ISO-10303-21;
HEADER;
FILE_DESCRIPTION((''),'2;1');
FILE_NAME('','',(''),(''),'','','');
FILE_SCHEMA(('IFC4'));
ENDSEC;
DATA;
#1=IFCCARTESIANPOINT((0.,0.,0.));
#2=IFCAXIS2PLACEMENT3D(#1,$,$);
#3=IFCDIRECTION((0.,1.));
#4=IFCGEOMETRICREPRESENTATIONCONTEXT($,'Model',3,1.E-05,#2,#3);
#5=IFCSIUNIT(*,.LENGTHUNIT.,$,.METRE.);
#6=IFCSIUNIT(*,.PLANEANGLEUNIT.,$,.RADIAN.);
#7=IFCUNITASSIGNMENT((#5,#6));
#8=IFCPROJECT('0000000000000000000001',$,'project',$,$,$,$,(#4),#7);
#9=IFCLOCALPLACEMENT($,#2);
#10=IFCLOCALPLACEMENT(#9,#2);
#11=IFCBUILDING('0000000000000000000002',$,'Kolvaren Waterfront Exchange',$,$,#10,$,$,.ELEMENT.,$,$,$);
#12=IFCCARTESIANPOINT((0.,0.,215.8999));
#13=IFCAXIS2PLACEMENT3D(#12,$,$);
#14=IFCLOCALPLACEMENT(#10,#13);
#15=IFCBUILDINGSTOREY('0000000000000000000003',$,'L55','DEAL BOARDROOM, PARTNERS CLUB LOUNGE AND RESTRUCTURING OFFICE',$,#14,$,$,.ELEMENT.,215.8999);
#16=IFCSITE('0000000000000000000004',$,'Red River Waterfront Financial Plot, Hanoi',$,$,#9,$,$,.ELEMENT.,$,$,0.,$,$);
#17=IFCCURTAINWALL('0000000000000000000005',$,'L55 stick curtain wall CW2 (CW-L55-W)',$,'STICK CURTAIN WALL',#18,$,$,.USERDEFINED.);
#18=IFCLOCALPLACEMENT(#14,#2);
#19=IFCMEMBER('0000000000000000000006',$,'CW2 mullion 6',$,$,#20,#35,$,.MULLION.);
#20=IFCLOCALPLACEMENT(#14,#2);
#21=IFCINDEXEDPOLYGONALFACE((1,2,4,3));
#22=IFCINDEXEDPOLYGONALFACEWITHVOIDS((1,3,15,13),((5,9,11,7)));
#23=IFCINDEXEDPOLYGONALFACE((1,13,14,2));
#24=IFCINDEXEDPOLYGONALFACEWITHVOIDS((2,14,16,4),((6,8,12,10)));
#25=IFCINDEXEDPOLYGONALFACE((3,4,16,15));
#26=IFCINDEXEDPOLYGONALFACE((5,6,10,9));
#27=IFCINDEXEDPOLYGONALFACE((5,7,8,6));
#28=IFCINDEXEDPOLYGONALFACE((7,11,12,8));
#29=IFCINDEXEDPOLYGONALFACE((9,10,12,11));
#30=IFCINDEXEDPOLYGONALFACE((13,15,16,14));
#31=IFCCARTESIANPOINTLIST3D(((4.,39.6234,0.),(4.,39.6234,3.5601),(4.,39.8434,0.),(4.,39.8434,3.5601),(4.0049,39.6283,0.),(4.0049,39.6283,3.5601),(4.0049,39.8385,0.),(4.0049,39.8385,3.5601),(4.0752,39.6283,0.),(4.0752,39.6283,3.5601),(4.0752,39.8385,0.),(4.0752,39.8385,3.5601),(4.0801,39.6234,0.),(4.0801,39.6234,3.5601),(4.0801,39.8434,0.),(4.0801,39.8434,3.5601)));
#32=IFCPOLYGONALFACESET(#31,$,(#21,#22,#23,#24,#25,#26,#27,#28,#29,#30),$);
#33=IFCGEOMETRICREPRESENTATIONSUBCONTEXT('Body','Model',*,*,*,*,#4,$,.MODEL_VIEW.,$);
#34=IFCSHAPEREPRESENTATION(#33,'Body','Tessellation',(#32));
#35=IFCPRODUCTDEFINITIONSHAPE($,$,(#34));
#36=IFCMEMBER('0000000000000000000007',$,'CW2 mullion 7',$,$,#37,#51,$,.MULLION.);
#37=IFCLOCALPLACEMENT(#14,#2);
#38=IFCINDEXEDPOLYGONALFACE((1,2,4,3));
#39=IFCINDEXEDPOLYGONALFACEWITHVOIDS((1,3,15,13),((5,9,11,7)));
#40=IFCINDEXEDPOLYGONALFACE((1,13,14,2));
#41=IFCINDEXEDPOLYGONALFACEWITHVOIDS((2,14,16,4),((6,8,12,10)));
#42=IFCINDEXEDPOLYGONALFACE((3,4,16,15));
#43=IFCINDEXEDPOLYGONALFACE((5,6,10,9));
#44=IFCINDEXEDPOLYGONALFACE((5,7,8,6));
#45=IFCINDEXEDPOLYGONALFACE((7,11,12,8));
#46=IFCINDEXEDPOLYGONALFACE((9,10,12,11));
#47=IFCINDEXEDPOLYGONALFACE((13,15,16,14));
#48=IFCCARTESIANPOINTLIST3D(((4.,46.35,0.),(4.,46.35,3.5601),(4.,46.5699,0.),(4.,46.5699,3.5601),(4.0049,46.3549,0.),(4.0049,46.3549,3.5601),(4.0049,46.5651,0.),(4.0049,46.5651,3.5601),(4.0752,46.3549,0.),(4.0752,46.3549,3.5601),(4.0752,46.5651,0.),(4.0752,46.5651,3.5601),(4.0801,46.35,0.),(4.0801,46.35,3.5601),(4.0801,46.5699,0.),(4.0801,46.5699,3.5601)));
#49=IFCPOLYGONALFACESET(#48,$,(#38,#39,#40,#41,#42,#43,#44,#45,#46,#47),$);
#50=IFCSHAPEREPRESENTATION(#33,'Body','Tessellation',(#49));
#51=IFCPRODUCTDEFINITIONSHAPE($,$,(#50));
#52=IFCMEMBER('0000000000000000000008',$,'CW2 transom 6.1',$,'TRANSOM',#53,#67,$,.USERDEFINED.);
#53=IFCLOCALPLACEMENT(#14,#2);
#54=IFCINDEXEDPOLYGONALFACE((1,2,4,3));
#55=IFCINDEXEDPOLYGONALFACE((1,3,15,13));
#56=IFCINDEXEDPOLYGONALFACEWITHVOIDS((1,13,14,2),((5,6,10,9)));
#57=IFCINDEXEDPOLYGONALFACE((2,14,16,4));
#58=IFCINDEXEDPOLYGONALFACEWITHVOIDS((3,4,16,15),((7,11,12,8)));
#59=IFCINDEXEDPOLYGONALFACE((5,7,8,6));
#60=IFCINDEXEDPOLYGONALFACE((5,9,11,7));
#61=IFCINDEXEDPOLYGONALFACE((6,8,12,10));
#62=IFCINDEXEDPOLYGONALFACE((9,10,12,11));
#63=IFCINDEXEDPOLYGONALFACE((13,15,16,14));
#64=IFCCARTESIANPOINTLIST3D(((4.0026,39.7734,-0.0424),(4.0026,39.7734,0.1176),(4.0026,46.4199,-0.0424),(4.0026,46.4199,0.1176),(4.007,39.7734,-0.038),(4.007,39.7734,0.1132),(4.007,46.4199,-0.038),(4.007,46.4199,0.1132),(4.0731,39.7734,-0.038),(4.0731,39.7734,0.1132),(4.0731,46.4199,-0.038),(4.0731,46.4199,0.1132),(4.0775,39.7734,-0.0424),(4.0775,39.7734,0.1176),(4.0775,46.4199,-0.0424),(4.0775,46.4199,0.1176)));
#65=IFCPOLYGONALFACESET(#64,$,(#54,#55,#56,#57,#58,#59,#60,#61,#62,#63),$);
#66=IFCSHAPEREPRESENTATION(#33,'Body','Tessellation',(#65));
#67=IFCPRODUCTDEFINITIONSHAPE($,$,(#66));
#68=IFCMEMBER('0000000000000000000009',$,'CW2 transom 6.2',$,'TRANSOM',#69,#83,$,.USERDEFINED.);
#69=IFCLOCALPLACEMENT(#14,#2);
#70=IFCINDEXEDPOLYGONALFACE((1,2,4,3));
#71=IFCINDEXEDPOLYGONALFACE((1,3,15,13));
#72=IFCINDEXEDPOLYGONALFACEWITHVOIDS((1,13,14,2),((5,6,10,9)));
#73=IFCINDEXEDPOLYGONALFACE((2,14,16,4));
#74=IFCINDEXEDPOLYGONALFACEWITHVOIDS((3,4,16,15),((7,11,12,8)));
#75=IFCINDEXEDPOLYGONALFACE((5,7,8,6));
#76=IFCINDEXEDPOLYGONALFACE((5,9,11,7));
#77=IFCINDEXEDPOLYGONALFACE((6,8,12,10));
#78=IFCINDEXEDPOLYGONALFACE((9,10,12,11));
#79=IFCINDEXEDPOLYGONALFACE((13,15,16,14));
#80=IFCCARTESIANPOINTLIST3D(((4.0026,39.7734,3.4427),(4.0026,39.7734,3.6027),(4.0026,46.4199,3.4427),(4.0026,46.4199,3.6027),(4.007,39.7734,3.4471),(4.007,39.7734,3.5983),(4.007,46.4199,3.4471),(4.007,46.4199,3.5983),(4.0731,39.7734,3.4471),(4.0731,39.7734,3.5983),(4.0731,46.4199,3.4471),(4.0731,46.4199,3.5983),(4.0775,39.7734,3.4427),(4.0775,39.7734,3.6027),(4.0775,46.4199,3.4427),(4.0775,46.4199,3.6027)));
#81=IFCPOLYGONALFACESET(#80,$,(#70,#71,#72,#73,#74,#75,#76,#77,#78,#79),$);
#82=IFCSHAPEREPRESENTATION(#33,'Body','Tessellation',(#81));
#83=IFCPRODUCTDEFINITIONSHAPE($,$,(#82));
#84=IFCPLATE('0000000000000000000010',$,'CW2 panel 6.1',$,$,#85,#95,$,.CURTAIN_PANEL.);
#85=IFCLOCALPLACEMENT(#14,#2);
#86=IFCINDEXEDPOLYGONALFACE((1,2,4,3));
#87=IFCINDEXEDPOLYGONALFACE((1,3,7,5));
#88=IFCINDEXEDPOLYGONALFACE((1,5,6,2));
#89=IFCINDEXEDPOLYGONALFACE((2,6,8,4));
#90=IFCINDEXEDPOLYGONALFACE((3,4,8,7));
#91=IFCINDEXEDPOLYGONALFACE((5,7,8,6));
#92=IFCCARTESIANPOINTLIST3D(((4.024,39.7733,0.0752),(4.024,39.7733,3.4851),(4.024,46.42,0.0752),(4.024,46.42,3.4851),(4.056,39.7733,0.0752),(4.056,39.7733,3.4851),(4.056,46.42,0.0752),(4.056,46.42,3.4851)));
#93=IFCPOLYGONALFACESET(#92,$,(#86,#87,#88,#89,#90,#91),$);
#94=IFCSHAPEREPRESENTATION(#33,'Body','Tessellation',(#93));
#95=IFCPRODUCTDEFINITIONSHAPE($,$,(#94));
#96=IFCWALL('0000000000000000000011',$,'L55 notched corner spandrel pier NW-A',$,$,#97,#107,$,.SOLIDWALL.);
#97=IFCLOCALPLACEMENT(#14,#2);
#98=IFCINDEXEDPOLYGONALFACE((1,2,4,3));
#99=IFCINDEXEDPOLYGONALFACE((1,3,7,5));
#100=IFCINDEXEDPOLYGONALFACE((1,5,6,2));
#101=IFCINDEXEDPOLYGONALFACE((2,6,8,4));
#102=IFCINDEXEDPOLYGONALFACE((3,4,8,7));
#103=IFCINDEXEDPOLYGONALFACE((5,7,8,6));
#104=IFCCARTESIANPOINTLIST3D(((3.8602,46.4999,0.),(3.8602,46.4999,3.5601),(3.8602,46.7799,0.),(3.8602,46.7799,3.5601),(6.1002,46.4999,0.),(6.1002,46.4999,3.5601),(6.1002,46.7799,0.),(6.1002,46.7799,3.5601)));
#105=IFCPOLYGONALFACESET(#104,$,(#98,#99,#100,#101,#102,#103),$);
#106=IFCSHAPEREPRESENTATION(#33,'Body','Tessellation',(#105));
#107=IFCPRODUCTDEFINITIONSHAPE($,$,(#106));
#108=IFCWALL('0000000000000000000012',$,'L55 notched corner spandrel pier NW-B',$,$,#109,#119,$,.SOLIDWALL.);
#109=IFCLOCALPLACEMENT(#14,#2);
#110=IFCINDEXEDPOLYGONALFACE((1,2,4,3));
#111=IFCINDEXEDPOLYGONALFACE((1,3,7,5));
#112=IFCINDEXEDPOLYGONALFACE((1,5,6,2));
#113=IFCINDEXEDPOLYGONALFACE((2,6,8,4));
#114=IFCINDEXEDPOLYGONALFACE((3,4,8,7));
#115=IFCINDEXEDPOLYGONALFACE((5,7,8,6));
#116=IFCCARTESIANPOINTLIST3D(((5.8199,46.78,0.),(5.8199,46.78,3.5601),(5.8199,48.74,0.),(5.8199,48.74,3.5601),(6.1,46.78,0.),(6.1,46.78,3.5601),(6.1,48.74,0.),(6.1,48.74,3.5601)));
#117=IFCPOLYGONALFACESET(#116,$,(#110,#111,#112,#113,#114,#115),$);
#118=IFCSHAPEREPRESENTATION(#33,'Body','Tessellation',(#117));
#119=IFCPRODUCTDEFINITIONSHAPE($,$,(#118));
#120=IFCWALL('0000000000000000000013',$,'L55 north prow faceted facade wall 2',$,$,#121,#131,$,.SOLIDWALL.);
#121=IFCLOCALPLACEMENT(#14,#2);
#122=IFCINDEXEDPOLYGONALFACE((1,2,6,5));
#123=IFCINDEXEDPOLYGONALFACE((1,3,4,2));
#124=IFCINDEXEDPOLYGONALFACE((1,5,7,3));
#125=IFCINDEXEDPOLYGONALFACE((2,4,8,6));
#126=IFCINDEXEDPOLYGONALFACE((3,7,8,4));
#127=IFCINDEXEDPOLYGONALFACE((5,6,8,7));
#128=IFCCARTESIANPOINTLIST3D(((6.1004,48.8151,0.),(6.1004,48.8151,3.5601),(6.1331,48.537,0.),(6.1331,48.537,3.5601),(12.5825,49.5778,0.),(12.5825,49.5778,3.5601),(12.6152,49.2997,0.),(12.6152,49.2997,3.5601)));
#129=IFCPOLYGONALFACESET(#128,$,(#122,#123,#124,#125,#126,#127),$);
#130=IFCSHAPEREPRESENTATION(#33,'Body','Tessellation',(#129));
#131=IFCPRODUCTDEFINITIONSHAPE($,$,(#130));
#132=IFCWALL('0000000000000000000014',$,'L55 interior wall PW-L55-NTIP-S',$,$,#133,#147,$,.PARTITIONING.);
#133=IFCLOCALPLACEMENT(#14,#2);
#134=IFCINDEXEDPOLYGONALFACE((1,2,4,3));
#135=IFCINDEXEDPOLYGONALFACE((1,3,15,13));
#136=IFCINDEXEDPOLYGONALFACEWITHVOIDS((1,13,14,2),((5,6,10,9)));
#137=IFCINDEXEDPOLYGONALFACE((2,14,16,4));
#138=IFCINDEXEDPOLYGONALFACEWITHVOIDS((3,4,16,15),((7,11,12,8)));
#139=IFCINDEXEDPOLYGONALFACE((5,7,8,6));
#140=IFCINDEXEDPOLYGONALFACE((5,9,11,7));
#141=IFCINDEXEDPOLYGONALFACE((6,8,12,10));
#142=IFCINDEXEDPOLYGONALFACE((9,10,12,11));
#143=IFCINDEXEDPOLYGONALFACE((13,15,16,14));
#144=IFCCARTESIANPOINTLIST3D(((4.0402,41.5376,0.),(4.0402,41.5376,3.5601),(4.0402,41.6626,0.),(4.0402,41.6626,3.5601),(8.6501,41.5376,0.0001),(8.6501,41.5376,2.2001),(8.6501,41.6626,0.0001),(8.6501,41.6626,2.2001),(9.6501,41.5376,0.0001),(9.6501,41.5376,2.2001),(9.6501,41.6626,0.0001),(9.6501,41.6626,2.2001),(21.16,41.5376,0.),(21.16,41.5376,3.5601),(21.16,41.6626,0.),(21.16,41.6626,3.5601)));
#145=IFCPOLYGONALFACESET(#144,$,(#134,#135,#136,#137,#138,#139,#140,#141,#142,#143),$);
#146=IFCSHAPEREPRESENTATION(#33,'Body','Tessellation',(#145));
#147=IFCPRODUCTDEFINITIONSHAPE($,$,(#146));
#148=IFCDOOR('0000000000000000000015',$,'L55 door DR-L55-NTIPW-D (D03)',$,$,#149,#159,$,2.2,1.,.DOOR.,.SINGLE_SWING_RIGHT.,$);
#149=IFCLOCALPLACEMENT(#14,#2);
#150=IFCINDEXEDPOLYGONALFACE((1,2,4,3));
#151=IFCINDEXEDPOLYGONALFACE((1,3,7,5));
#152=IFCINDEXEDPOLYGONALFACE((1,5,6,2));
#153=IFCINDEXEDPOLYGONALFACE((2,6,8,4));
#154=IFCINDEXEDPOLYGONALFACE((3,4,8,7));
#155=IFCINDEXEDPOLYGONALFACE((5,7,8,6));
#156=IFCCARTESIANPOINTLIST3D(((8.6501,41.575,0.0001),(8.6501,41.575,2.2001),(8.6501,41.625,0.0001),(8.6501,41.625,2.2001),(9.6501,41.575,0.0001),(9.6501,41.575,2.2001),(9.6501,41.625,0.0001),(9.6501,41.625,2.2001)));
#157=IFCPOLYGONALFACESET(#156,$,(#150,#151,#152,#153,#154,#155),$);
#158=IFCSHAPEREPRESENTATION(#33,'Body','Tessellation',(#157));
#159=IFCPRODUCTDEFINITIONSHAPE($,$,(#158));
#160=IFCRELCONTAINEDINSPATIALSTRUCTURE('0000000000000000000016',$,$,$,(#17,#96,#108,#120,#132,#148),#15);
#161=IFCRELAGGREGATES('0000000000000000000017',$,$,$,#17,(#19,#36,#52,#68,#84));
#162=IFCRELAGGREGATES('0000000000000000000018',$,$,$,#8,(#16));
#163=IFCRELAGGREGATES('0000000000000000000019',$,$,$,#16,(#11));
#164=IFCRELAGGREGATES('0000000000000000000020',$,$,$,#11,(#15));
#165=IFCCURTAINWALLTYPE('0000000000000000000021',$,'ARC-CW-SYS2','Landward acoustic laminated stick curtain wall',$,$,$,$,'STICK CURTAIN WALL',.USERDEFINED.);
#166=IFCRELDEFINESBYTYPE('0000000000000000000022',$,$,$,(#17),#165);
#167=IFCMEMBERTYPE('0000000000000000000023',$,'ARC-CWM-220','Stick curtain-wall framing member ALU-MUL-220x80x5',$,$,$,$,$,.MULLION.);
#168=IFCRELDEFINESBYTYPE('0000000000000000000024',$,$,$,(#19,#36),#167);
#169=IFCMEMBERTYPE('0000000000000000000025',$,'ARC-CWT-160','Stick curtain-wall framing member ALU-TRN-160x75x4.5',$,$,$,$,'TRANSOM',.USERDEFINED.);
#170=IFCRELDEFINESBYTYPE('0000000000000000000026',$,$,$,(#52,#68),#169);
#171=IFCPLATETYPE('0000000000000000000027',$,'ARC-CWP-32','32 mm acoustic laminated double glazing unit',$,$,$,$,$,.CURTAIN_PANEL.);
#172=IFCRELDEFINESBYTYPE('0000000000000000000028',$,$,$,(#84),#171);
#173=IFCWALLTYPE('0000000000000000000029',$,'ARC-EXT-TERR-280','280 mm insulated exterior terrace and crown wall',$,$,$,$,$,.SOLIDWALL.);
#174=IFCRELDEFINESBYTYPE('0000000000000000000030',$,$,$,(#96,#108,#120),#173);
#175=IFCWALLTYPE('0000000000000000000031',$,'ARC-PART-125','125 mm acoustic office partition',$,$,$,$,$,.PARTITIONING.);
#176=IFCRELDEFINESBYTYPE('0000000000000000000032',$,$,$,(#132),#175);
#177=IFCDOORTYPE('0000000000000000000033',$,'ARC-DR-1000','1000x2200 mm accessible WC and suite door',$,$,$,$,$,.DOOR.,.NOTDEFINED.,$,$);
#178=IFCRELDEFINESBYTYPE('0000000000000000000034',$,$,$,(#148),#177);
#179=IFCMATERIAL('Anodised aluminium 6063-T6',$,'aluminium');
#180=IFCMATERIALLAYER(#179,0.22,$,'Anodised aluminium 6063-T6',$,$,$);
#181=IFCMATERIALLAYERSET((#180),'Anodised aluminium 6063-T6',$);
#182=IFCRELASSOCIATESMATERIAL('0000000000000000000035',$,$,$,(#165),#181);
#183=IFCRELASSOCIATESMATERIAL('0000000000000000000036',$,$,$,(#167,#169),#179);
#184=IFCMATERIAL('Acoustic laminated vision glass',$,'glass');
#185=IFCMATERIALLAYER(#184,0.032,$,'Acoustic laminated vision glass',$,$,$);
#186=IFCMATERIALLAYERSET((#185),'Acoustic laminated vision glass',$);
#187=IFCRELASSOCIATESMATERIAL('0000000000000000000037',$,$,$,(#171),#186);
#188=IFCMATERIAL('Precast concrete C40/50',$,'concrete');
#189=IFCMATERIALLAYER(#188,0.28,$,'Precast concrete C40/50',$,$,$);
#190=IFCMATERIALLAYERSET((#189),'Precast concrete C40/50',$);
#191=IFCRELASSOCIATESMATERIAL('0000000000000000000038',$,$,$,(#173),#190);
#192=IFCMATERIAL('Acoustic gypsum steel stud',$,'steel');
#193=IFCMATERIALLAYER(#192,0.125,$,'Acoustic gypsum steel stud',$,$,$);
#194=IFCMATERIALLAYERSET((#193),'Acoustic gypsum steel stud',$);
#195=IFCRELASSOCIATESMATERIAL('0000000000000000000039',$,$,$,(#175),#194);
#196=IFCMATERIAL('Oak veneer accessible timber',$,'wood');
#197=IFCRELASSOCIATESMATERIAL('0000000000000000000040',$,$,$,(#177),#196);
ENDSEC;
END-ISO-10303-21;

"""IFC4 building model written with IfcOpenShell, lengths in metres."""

from ifc_helpers import new_model, si_unit, direction, frame, frame_2d, origin, origin_with_axes, origin_2d, place, context, subcontext, project, spatial, rectangle, hollow_rectangle, extrude, source, transform, mapped, material, layer, layer_set, material_profile, profile_set, type_object, element, fill, aggregate, save


model = new_model("IFC4")

# Units and contexts
model_context = context("Model", 3, precision=1e-05, world=origin(), true_north=direction((0.0, 1.0)))
body_context = subcontext(model_context, "Body", "Model", "MODEL_VIEW")
ifc_project = project(units=[si_unit("LENGTHUNIT", "METRE"), si_unit("PLANEANGLEUNIT", "RADIAN")], contexts=[model_context])

# Site, building, storey
site_placement = place(None, origin())
site = spatial("IfcSite", under=ifc_project, at=site_placement, Name="Red River Waterfront Financial Plot, Hanoi", CompositionType="ELEMENT", RefElevation=0.0)
building_placement = place(site_placement, origin())
building = spatial("IfcBuilding", under=site, at=building_placement, Name="Kolvaren Waterfront Exchange", CompositionType="ELEMENT")
storey_placement = place(building_placement, frame((0.0, 0.0, 215.8999)))
storey = spatial("IfcBuildingStorey", under=building, at=storey_placement, Name="L55", Description="DEAL BOARDROOM, PARTNERS CLUB LOUNGE AND RESTRUCTURING OFFICE", CompositionType="ELEMENT", Elevation=215.8999)

# Curtain wall, members, plate
ifc_material_1 = material(Name="Anodised aluminium 6063-T6", Category="aluminium")
ifc_layer_1 = layer(ifc_material_1, 0.22, Name="Anodised aluminium 6063-T6")
ifc_layer_set_1 = layer_set([ifc_layer_1], Name="Anodised aluminium 6063-T6")
curtain_wall_type = type_object("IfcCurtainWallType", Name="ARC-CW-SYS2", Description="Landward acoustic laminated stick curtain wall", ElementType="STICK CURTAIN WALL", PredefinedType="USERDEFINED", material=ifc_layer_set_1)
curtain_wall_placement = place(storey_placement, origin())
curtain_wall = element("IfcCurtainWall", 1, at=curtain_wall_placement, inside=storey, type_object=curtain_wall_type, Name="L55 stick curtain wall CW2 (CW-L55-W)", ObjectType="STICK CURTAIN WALL", PredefinedType="USERDEFINED")
ifc_material_profile_1 = material_profile(ifc_material_1, hollow_rectangle(XDim=0.0801, YDim=0.22, WallThickness=0.0049, at=origin_2d()), Name="ALU-MUL-220x80x5")
ifc_profile_set_1 = profile_set([ifc_material_profile_1], Name="Anodised aluminium 6063-T6")
member_type_1 = type_object("IfcMemberType", Name="ARC-CWM-220", Description="Stick curtain-wall framing member ALU-MUL-220x80x5", PredefinedType="MULLION", material=ifc_profile_set_1)
shared_shape_1 = source(origin_with_axes(), body_context, "Body", "SweptSolid", [
    extrude(hollow_rectangle(XDim=0.0801, YDim=0.22, WallThickness=0.0049, at=origin_2d()), origin(), (0.0, 0.0, 1.0), 3.5601),
])
member_1_placement = place(storey_placement, frame((4.04, 39.7334, 0.0), z_axis=(0.0, 0.0, 1.0), x_axis=(-1.0, 0.0, 0.0)))
member_1 = element("IfcMember", 2, at=member_1_placement, type_object=member_type_1, Name="CW2 mullion 6", PredefinedType="MULLION", context=body_context, shape_type="MappedRepresentation", body=[
    mapped(shared_shape_1, transform((0.0, 0.0, 0.0), x_axis=(1.0, 0.0, 0.0), y_axis=(0.0, 1.0, 0.0), z_axis=(0.0, 0.0, 1.0), scale=1.0)),
])
member_2_placement = place(storey_placement, frame((4.04, 46.46, 0.0), z_axis=(0.0, 0.0, 1.0), x_axis=(-1.0, 0.0, 0.0)))
member_2 = element("IfcMember", 3, at=member_2_placement, type_object=member_type_1, Name="CW2 mullion 7", PredefinedType="MULLION", context=body_context, shape_type="MappedRepresentation", body=[
    mapped(shared_shape_1, transform((0.0, 0.0, 0.0), x_axis=(1.0, 0.0, 0.0), y_axis=(0.0, 1.0, 0.0), z_axis=(0.0, 0.0, 1.0), scale=1.0)),
])
ifc_material_profile_2 = material_profile(ifc_material_1, hollow_rectangle(XDim=0.075, YDim=0.1599, WallThickness=0.0044, at=origin_2d()), Name="ALU-TRN-160x75x4.5")
ifc_profile_set_2 = profile_set([ifc_material_profile_2], Name="Anodised aluminium 6063-T6")
member_type_2 = type_object("IfcMemberType", Name="ARC-CWT-160", Description="Stick curtain-wall framing member ALU-TRN-160x75x4.5", ElementType="TRANSOM", PredefinedType="USERDEFINED", material=ifc_profile_set_2)
shared_shape_2 = source(origin_with_axes(), body_context, "Body", "SweptSolid", [
    extrude(hollow_rectangle(XDim=0.075, YDim=0.1599, WallThickness=0.0044, at=origin_2d()), origin(), (0.0, 0.0, 1.0), 6.6465),
])
member_3_placement = place(storey_placement, frame((4.04, 39.7734, 0.0376), z_axis=(0.0, 1.0, 0.0), x_axis=(-1.0, 0.0, 0.0)))
member_3 = element("IfcMember", 4, at=member_3_placement, type_object=member_type_2, Name="CW2 transom 6.1", ObjectType="TRANSOM", PredefinedType="USERDEFINED", context=body_context, shape_type="MappedRepresentation", body=[
    mapped(shared_shape_2, transform((0.0, 0.0, 0.0), x_axis=(1.0, 0.0, 0.0), y_axis=(0.0, 1.0, 0.0), z_axis=(0.0, 0.0, 1.0), scale=1.0)),
])
member_4_placement = place(storey_placement, frame((4.04, 39.7734, 3.5227), z_axis=(0.0, 1.0, 0.0), x_axis=(-1.0, 0.0, 0.0)))
member_4 = element("IfcMember", 5, at=member_4_placement, type_object=member_type_2, Name="CW2 transom 6.2", ObjectType="TRANSOM", PredefinedType="USERDEFINED", context=body_context, shape_type="MappedRepresentation", body=[
    mapped(shared_shape_2, transform((0.0, 0.0, 0.0), x_axis=(1.0, 0.0, 0.0), y_axis=(0.0, 1.0, 0.0), z_axis=(0.0, 0.0, 1.0), scale=1.0)),
])
ifc_material_2 = material(Name="Acoustic laminated vision glass", Category="glass")
ifc_layer_2 = layer(ifc_material_2, 0.032, Name="Acoustic laminated vision glass")
ifc_layer_set_2 = layer_set([ifc_layer_2], Name="Acoustic laminated vision glass")
plate_type = type_object("IfcPlateType", Name="ARC-CWP-32", Description="32 mm acoustic laminated double glazing unit", PredefinedType="CURTAIN_PANEL", material=ifc_layer_set_2)
shared_shape_3 = source(origin_with_axes(), body_context, "Body", "SweptSolid", [
    extrude(rectangle(XDim=6.6467, YDim=0.032, at=origin_2d()), origin(), (0.0, 0.0, 1.0), 3.4099),
])
plate_placement = place(storey_placement, frame((4.04, 43.0967, 0.0752), z_axis=(0.0, 0.0, 1.0), x_axis=(0.0, 1.0, 0.0)))
plate = element("IfcPlate", 6, at=plate_placement, type_object=plate_type, Name="CW2 panel 6.1", PredefinedType="CURTAIN_PANEL", context=body_context, shape_type="MappedRepresentation", body=[
    mapped(shared_shape_3, transform((0.0, 0.0, 0.0), x_axis=(1.0, 0.0, 0.0), y_axis=(0.0, 1.0, 0.0), z_axis=(0.0, 0.0, 1.0), scale=1.0)),
])
aggregate(curtain_wall, [member_1, member_2, member_3, member_4, plate])

# Walls
ifc_material_3 = material(Name="Precast concrete C40/50", Category="concrete")
ifc_layer_3 = layer(ifc_material_3, 0.28, Name="Precast concrete C40/50")
ifc_layer_set_3 = layer_set([ifc_layer_3], Name="Precast concrete C40/50")
wall_type_1 = type_object("IfcWallType", Name="ARC-EXT-TERR-280", Description="280 mm insulated exterior terrace and crown wall", PredefinedType="SOLIDWALL", material=ifc_layer_set_3)
wall_1_placement = place(storey_placement, frame((3.8601, 46.6399, 0.0), z_axis=(0.0, 0.0, 1.0), x_axis=(1.0, 0.0, 0.0)))
element("IfcWall", 7, at=wall_1_placement, inside=storey, type_object=wall_type_1, Name="L55 notched corner spandrel pier NW-A", PredefinedType="SOLIDWALL", context=body_context, shape_type="SweptSolid", body=[
    extrude(rectangle(XDim=2.24, YDim=0.28, at=frame_2d((1.1201, 0.0))), origin(), (0.0, 0.0, 1.0), 3.5601),
])
wall_2_placement = place(storey_placement, frame((5.96, 46.78, 0.0), z_axis=(0.0, 0.0, 1.0), x_axis=(0.0, 1.0, 0.0)))
element("IfcWall", 8, at=wall_2_placement, inside=storey, type_object=wall_type_1, Name="L55 notched corner spandrel pier NW-B", PredefinedType="SOLIDWALL", context=body_context, shape_type="SweptSolid", body=[
    extrude(rectangle(XDim=1.96, YDim=0.28, at=frame_2d((0.98, 0.0))), origin(), (0.0, 0.0, 1.0), 3.5601),
])
wall_3_placement = place(storey_placement, frame((12.5989, 49.4387, 0.0), z_axis=(0.0, 0.0, 1.0), x_axis=(-0.993149, -0.116854, 0.0)))
element("IfcWall", 9, at=wall_3_placement, inside=storey, type_object=wall_type_1, Name="L55 north prow faceted facade wall 2", PredefinedType="SOLIDWALL", context=body_context, shape_type="SweptSolid", body=[
    extrude(rectangle(XDim=6.5269, YDim=0.28, at=frame_2d((3.2634, 0.0))), origin(), (0.0, 0.0, 1.0), 3.5601),
])

# Wall, opening, door
ifc_material_4 = material(Name="Acoustic gypsum steel stud", Category="steel")
ifc_layer_4 = layer(ifc_material_4, 0.125, Name="Acoustic gypsum steel stud")
ifc_layer_set_4 = layer_set([ifc_layer_4], Name="Acoustic gypsum steel stud")
wall_type_2 = type_object("IfcWallType", Name="ARC-PART-125", Description="125 mm acoustic office partition", PredefinedType="PARTITIONING", material=ifc_layer_set_4)
wall_4_placement = place(storey_placement, frame((4.04, 41.6001, 0.0), z_axis=(0.0, 0.0, 1.0), x_axis=(1.0, 0.0, 0.0)))
wall_4 = element("IfcWall", 10, at=wall_4_placement, inside=storey, type_object=wall_type_2, Name="L55 interior wall PW-L55-NTIP-S", PredefinedType="PARTITIONING", context=body_context, shape_type="SweptSolid", body=[
    extrude(rectangle(XDim=17.1199, YDim=0.125, at=frame_2d((8.5601, 0.0))), origin(), (0.0, 0.0, 1.0), 3.5601),
])
opening_1_placement = place(wall_4_placement, frame((4.6101, 0.0, 0.0)))
opening_1 = element("IfcOpeningElement", 11, at=opening_1_placement, cuts=wall_4, PredefinedType="OPENING", context=body_context, shape_type="SweptSolid", body=[
    extrude(rectangle(XDim=1.0, YDim=2.2, at=frame_2d((0.5, 1.1001))), frame((0.0, 0.0725, 0.0), z_axis=(0.0, -1.0, 0.0), x_axis=(1.0, 0.0, 0.0)), (0.0, 0.0, 1.0), 0.145),
])
ifc_material_5 = material(Name="Oak veneer accessible timber", Category="wood")
door_type_1 = type_object("IfcDoorType", Name="ARC-DR-1000", Description="1000x2200 mm accessible WC and suite door", OperationType="NOTDEFINED", PredefinedType="DOOR", material=ifc_material_5)
door_1_placement = place(opening_1_placement, origin())
door_1 = element("IfcDoor", 12, at=door_1_placement, inside=storey, type_object=door_type_1, Name="L55 door DR-L55-NTIPW-D (D03)", OperationType="SINGLE_SWING_RIGHT", OverallHeight=2.2, OverallWidth=1.0, PredefinedType="DOOR", context=body_context, shape_type="SweptSolid", body=[
    extrude(rectangle(XDim=1.0, YDim=2.2, at=frame_2d((0.5, 1.1001))), frame((0.0, 0.0249, 0.0), z_axis=(0.0, -1.0, 0.0), x_axis=(1.0, 0.0, 0.0)), (0.0, 0.0, 1.0), 0.05),
])
fill(opening_1, door_1)

save(model, "model.ifc")
